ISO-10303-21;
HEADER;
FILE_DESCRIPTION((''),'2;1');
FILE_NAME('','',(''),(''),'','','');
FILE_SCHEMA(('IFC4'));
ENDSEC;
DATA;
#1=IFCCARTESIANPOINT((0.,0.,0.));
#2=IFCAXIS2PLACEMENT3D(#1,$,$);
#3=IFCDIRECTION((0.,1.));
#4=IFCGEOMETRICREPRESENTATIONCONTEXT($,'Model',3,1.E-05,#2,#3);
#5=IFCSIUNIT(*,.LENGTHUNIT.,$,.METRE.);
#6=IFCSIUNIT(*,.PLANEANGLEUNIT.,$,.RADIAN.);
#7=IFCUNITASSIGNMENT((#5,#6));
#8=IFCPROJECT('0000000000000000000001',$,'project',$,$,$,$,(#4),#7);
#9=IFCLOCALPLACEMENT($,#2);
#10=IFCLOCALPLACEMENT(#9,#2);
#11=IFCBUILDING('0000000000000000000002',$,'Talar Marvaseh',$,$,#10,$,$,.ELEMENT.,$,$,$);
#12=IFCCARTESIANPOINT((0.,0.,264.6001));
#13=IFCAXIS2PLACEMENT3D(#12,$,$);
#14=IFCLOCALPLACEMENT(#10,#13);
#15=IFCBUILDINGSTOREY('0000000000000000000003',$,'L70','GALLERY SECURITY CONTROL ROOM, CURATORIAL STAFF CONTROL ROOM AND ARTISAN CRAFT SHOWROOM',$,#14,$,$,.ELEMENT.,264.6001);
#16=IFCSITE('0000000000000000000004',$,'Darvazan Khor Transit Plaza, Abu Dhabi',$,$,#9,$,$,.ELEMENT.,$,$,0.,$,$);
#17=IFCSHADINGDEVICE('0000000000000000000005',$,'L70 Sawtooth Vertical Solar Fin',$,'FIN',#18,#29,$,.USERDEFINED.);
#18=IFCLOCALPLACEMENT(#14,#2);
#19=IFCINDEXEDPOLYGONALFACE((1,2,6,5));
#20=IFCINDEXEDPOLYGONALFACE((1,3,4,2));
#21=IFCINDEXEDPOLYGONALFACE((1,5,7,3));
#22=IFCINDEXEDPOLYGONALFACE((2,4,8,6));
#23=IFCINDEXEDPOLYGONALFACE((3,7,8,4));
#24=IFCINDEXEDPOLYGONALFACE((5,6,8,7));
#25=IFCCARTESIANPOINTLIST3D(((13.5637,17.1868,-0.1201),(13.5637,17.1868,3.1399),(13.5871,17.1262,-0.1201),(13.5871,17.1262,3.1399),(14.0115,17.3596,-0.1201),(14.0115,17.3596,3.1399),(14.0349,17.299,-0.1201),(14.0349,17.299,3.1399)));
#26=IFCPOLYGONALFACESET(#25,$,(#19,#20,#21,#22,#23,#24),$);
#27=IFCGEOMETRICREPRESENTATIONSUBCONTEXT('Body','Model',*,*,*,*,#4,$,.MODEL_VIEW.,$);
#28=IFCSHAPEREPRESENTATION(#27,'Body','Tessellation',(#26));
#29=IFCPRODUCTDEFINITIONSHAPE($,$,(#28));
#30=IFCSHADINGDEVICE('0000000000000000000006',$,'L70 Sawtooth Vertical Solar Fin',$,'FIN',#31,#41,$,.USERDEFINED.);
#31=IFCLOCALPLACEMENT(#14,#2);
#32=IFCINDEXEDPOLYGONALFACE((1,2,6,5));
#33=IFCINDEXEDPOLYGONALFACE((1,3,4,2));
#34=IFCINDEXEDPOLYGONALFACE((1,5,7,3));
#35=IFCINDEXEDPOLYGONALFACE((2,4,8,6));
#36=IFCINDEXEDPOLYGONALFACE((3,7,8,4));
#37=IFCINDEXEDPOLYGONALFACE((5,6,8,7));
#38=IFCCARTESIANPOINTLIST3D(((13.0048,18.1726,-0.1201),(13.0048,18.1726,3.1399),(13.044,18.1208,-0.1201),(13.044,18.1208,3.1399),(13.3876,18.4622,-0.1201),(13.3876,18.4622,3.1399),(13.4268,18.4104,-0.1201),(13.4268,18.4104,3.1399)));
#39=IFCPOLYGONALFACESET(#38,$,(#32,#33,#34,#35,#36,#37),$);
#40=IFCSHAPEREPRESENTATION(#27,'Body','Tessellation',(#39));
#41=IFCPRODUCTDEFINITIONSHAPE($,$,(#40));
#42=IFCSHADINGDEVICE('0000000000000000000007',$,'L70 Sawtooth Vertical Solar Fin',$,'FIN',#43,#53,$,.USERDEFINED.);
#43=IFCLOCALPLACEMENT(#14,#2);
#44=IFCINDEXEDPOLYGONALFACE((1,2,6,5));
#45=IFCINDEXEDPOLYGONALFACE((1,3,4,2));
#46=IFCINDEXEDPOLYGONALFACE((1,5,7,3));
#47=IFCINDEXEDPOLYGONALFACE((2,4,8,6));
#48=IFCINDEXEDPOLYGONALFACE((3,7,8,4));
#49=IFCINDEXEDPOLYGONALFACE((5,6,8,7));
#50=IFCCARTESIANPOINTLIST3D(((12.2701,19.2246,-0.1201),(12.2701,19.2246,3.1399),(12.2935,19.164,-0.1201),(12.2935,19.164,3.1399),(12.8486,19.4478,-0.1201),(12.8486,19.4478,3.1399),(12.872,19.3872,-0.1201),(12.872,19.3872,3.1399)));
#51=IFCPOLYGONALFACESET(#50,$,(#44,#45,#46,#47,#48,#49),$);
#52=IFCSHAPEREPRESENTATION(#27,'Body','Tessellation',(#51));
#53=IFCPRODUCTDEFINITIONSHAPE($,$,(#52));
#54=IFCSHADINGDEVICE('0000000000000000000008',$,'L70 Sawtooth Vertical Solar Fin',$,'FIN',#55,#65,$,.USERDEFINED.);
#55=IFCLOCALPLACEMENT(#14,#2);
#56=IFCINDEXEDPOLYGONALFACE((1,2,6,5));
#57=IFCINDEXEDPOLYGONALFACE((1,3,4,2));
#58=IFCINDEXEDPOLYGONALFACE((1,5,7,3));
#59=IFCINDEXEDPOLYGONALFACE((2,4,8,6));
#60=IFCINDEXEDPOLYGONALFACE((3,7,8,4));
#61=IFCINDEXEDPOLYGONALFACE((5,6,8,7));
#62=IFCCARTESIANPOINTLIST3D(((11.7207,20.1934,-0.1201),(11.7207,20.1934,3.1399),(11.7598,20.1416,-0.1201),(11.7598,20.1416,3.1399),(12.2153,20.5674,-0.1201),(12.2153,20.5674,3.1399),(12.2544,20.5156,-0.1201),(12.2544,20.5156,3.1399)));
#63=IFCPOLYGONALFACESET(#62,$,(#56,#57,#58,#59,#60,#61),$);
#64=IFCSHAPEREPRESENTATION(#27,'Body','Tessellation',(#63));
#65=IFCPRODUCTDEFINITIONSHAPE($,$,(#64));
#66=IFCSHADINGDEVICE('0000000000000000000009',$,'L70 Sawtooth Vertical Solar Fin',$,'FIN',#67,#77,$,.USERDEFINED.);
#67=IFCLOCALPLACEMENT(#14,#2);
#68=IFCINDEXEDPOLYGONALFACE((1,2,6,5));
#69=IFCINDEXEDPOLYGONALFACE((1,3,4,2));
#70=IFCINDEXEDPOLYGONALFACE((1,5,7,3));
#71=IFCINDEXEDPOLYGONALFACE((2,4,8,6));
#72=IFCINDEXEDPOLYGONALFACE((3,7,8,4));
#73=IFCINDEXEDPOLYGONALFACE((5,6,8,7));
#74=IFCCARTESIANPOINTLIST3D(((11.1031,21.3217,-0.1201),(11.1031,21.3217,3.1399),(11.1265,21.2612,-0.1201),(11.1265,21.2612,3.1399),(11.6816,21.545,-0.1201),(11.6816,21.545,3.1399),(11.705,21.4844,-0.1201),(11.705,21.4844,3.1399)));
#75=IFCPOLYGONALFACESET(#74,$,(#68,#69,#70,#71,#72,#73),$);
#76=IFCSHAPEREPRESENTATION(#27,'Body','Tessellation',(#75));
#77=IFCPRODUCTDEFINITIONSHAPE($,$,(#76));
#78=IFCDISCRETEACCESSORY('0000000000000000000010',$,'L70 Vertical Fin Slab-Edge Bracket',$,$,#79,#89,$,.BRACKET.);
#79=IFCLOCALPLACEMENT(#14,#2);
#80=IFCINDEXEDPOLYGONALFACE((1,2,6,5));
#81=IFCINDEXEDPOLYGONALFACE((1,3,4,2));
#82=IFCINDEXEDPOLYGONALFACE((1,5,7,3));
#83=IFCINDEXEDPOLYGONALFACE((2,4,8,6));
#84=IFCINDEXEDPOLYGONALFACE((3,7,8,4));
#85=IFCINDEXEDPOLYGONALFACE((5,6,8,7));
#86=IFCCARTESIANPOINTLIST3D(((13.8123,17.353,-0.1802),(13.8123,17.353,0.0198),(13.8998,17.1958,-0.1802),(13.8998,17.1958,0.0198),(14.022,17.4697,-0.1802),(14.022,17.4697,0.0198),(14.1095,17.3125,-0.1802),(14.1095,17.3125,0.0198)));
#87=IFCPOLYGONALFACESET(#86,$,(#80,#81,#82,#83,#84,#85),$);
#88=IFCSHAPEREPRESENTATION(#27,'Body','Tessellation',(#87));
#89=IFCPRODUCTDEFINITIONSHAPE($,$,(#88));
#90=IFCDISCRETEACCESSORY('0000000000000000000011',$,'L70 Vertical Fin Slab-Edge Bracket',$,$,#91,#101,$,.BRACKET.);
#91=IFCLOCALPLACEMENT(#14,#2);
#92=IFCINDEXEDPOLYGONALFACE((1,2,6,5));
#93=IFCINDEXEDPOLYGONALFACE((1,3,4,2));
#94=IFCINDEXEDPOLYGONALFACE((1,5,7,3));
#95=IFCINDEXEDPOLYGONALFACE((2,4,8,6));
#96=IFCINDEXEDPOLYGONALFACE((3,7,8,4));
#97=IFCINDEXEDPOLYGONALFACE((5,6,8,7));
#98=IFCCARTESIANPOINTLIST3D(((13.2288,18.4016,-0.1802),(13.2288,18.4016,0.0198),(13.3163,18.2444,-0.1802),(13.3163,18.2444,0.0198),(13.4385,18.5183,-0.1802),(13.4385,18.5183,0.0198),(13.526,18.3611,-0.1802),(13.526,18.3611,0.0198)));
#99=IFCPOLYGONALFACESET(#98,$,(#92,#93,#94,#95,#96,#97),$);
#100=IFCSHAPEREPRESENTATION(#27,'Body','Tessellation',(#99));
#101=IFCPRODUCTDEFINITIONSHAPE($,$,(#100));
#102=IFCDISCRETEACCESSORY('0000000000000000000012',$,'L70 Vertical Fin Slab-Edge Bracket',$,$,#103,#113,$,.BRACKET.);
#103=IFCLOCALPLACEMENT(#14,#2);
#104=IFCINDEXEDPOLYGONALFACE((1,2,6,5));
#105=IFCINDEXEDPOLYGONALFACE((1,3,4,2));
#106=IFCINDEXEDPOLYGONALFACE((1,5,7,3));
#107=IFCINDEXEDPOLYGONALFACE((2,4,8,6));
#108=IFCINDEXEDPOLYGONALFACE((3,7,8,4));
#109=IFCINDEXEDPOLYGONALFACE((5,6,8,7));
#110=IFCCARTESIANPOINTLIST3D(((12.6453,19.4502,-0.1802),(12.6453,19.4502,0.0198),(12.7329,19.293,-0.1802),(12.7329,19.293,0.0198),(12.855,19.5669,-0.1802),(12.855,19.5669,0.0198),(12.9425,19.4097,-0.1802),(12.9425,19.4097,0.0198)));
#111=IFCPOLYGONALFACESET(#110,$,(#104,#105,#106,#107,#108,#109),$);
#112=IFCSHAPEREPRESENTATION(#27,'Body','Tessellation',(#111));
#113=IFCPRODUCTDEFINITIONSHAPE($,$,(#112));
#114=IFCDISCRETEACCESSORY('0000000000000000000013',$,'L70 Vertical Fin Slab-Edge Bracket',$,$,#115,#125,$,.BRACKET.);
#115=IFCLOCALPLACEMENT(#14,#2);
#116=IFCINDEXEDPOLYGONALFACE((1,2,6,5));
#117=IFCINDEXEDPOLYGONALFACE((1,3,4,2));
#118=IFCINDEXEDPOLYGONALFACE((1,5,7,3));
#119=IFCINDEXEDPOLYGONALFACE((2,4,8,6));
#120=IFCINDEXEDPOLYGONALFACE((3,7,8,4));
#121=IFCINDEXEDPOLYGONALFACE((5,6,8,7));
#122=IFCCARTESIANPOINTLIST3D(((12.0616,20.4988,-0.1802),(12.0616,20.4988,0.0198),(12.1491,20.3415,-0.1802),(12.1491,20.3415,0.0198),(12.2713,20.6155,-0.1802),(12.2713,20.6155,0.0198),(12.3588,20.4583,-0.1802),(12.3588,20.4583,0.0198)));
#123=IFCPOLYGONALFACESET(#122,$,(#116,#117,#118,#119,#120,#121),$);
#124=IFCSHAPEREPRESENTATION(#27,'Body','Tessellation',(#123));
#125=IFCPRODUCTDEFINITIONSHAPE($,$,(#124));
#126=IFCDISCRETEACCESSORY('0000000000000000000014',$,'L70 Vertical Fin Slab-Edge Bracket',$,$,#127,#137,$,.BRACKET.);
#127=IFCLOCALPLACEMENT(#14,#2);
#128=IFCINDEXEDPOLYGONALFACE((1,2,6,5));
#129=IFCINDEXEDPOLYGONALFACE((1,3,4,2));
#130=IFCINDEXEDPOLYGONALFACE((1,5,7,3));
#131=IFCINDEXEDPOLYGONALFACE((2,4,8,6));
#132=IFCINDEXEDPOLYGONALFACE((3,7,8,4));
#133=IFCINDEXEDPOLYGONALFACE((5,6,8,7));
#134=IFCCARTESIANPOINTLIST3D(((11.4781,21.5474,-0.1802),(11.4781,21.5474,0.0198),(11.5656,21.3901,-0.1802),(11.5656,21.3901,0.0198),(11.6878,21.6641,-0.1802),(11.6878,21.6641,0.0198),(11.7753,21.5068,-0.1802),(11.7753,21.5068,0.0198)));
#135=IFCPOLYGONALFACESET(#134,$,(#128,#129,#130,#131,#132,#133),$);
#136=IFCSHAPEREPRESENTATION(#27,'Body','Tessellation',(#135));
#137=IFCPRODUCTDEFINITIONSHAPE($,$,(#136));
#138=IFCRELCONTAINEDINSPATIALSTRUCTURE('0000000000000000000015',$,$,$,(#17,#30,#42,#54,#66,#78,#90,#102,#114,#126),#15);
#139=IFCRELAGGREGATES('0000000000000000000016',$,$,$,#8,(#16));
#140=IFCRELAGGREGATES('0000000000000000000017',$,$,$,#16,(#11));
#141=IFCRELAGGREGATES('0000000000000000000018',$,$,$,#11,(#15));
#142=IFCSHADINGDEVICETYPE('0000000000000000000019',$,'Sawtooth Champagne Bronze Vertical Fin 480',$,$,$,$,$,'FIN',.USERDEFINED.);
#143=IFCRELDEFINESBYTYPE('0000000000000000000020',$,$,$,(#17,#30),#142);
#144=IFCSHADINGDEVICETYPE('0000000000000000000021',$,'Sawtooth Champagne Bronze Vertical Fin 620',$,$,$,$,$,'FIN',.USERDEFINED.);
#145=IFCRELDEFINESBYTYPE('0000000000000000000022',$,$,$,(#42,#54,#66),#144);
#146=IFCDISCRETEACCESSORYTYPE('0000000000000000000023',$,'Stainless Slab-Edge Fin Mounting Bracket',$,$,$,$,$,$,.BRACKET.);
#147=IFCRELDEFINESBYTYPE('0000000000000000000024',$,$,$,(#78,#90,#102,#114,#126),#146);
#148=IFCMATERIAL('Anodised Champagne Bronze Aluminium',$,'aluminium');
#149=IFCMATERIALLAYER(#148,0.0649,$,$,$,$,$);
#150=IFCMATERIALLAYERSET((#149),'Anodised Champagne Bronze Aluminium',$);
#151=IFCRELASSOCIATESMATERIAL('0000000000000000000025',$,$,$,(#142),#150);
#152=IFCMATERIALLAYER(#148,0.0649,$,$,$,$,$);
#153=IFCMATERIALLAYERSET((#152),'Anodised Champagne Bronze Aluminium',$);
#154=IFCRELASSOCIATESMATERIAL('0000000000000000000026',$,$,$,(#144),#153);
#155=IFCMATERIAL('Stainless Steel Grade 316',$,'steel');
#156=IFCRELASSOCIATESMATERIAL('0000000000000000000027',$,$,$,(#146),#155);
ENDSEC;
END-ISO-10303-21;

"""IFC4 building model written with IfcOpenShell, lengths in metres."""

from ifc_helpers import new_model, si_unit, direction, frame, origin, origin_2d, place, context, subcontext, project, spatial, rectangle, extrude, source, transform, mapped, material, layer, layer_set, type_object, type_shapes, element, save


model = new_model("IFC4")

# Units and contexts
model_context = context("Model", 3, precision=1e-05, world=origin(), true_north=direction((0.0, 1.0)))
body_context = subcontext(model_context, "Body", "Model", "MODEL_VIEW")
ifc_project = project(units=[si_unit("LENGTHUNIT", "METRE"), si_unit("PLANEANGLEUNIT", "RADIAN")], contexts=[model_context])

# Site, building, storey
site_placement = place(None, origin())
site = spatial("IfcSite", under=ifc_project, at=site_placement, Name="Darvazan Khor Transit Plaza, Abu Dhabi", CompositionType="ELEMENT", RefElevation=0.0)
building_placement = place(site_placement, origin())
building = spatial("IfcBuilding", under=site, at=building_placement, Name="Talar Marvaseh", CompositionType="ELEMENT")
storey_placement = place(building_placement, frame((0.0, 0.0, 264.6001)))
storey = spatial("IfcBuildingStorey", under=building, at=storey_placement, Name="L70", Description="GALLERY SECURITY CONTROL ROOM, CURATORIAL STAFF CONTROL ROOM AND ARTISAN CRAFT SHOWROOM", CompositionType="ELEMENT", Elevation=264.6001)

# Shading devices
ifc_material_1 = material(Name="Anodised Champagne Bronze Aluminium", Category="aluminium")
ifc_layer_1 = layer(ifc_material_1, 0.0649)
ifc_layer_set_1 = layer_set([ifc_layer_1], Name="Anodised Champagne Bronze Aluminium")
shading_device_type_1 = type_object("IfcShadingDeviceType", Name="Sawtooth Champagne Bronze Vertical Fin 480", ElementType="FIN", PredefinedType="USERDEFINED", material=ifc_layer_set_1)
shared_shape_1 = source(origin(), body_context, "Body", "SweptSolid", [
    extrude(rectangle(XDim=0.48, YDim=0.0649, at=origin_2d()), origin(), (0.0, 0.0, 1.0), 3.26),
])
type_shapes(shading_device_type_1, [shared_shape_1])
for number, where, z_axis, x_axis, name in (
    (1, (13.7993, 17.2429, -0.1201), (0.0, 0.0, 1.0), (-0.932954, -0.359997, 0.0), "L70 Sawtooth Vertical Solar Fin"),
    (2, (13.2158, 18.2915, -0.1201), (0.0, 0.0, 1.0), (-0.797584, -0.603208, 0.0), "L70 Sawtooth Vertical Solar Fin"),
):
    element("IfcShadingDevice", number, at=place(storey_placement, frame(where, z_axis=z_axis, x_axis=x_axis)), inside=storey, type_object=shading_device_type_1, Name=name, ObjectType="FIN", PredefinedType="USERDEFINED", context=body_context, shape_type="MappedRepresentation", body=[
        mapped(shared_shape_1, transform((0.0, 0.0, 0.0), x_axis=(1.0, 0.0, 0.0), y_axis=(0.0, 1.0, 0.0), z_axis=(0.0, 0.0, 1.0), scale=1.0)),
    ])
ifc_layer_2 = layer(ifc_material_1, 0.0649)
ifc_layer_set_2 = layer_set([ifc_layer_2], Name="Anodised Champagne Bronze Aluminium")
shading_device_type_2 = type_object("IfcShadingDeviceType", Name="Sawtooth Champagne Bronze Vertical Fin 620", ElementType="FIN", PredefinedType="USERDEFINED", material=ifc_layer_set_2)
shared_shape_2 = source(origin(), body_context, "Body", "SweptSolid", [
    extrude(rectangle(XDim=0.6201, YDim=0.0649, at=origin_2d()), origin(), (0.0, 0.0, 1.0), 3.26),
])
type_shapes(shading_device_type_2, [shared_shape_2])
for number, where, z_axis, x_axis, name in (
    (3, (12.571, 19.3059, -0.1201), (0.0, 0.0, 1.0), (-0.932954, -0.359997, 0.0), "L70 Sawtooth Vertical Solar Fin"),
    (4, (11.9875, 20.3545, -0.1201), (0.0, 0.0, 1.0), (-0.797584, -0.603208, 0.0), "L70 Sawtooth Vertical Solar Fin"),
    (5, (11.4041, 21.4031, -0.1201), (0.0, 0.0, 1.0), (-0.932954, -0.359997, 0.0), "L70 Sawtooth Vertical Solar Fin"),
):
    element("IfcShadingDevice", number, at=place(storey_placement, frame(where, z_axis=z_axis, x_axis=x_axis)), inside=storey, type_object=shading_device_type_2, Name=name, ObjectType="FIN", PredefinedType="USERDEFINED", context=body_context, shape_type="MappedRepresentation", body=[
        mapped(shared_shape_2, transform((0.0, 0.0, 0.0), x_axis=(1.0, 0.0, 0.0), y_axis=(0.0, 1.0, 0.0), z_axis=(0.0, 0.0, 1.0), scale=1.0)),
    ])

# Discrete accessories
ifc_material_2 = material(Name="Stainless Steel Grade 316", Category="steel")
discrete_accessory_type = type_object("IfcDiscreteAccessoryType", Name="Stainless Slab-Edge Fin Mounting Bracket", PredefinedType="BRACKET", material=ifc_material_2)
shared_shape_3 = source(origin(), body_context, "Body", "SweptSolid", [
    extrude(rectangle(XDim=0.24, YDim=0.1799, at=origin_2d()), origin(), (0.0, 0.0, 1.0), 0.2),
])
type_shapes(discrete_accessory_type, [shared_shape_3])
for number, where, z_axis, x_axis, name in (
    (6, (13.9609, 17.3328, -0.1802), (0.0, 0.0, 1.0), (-0.873772, -0.486335, 0.0), "L70 Vertical Fin Slab-Edge Bracket"),
    (7, (13.3774, 18.3813, -0.1802), (0.0, 0.0, 1.0), (-0.873772, -0.486335, 0.0), "L70 Vertical Fin Slab-Edge Bracket"),
    (8, (12.7939, 19.4299, -0.1802), (0.0, 0.0, 1.0), (-0.873772, -0.486335, 0.0), "L70 Vertical Fin Slab-Edge Bracket"),
    (9, (12.2102, 20.4785, -0.1802), (0.0, 0.0, 1.0), (-0.873772, -0.486335, 0.0), "L70 Vertical Fin Slab-Edge Bracket"),
    (10, (11.6267, 21.5271, -0.1802), (0.0, 0.0, 1.0), (-0.873772, -0.486335, 0.0), "L70 Vertical Fin Slab-Edge Bracket"),
):
    element("IfcDiscreteAccessory", number, at=place(storey_placement, frame(where, z_axis=z_axis, x_axis=x_axis)), inside=storey, type_object=discrete_accessory_type, Name=name, PredefinedType="BRACKET", context=body_context, shape_type="MappedRepresentation", body=[
        mapped(shared_shape_3, transform((0.0, 0.0, 0.0), x_axis=(1.0, 0.0, 0.0), y_axis=(0.0, 1.0, 0.0), z_axis=(0.0, 0.0, 1.0), scale=1.0)),
    ])

save(model, "model.ifc")
